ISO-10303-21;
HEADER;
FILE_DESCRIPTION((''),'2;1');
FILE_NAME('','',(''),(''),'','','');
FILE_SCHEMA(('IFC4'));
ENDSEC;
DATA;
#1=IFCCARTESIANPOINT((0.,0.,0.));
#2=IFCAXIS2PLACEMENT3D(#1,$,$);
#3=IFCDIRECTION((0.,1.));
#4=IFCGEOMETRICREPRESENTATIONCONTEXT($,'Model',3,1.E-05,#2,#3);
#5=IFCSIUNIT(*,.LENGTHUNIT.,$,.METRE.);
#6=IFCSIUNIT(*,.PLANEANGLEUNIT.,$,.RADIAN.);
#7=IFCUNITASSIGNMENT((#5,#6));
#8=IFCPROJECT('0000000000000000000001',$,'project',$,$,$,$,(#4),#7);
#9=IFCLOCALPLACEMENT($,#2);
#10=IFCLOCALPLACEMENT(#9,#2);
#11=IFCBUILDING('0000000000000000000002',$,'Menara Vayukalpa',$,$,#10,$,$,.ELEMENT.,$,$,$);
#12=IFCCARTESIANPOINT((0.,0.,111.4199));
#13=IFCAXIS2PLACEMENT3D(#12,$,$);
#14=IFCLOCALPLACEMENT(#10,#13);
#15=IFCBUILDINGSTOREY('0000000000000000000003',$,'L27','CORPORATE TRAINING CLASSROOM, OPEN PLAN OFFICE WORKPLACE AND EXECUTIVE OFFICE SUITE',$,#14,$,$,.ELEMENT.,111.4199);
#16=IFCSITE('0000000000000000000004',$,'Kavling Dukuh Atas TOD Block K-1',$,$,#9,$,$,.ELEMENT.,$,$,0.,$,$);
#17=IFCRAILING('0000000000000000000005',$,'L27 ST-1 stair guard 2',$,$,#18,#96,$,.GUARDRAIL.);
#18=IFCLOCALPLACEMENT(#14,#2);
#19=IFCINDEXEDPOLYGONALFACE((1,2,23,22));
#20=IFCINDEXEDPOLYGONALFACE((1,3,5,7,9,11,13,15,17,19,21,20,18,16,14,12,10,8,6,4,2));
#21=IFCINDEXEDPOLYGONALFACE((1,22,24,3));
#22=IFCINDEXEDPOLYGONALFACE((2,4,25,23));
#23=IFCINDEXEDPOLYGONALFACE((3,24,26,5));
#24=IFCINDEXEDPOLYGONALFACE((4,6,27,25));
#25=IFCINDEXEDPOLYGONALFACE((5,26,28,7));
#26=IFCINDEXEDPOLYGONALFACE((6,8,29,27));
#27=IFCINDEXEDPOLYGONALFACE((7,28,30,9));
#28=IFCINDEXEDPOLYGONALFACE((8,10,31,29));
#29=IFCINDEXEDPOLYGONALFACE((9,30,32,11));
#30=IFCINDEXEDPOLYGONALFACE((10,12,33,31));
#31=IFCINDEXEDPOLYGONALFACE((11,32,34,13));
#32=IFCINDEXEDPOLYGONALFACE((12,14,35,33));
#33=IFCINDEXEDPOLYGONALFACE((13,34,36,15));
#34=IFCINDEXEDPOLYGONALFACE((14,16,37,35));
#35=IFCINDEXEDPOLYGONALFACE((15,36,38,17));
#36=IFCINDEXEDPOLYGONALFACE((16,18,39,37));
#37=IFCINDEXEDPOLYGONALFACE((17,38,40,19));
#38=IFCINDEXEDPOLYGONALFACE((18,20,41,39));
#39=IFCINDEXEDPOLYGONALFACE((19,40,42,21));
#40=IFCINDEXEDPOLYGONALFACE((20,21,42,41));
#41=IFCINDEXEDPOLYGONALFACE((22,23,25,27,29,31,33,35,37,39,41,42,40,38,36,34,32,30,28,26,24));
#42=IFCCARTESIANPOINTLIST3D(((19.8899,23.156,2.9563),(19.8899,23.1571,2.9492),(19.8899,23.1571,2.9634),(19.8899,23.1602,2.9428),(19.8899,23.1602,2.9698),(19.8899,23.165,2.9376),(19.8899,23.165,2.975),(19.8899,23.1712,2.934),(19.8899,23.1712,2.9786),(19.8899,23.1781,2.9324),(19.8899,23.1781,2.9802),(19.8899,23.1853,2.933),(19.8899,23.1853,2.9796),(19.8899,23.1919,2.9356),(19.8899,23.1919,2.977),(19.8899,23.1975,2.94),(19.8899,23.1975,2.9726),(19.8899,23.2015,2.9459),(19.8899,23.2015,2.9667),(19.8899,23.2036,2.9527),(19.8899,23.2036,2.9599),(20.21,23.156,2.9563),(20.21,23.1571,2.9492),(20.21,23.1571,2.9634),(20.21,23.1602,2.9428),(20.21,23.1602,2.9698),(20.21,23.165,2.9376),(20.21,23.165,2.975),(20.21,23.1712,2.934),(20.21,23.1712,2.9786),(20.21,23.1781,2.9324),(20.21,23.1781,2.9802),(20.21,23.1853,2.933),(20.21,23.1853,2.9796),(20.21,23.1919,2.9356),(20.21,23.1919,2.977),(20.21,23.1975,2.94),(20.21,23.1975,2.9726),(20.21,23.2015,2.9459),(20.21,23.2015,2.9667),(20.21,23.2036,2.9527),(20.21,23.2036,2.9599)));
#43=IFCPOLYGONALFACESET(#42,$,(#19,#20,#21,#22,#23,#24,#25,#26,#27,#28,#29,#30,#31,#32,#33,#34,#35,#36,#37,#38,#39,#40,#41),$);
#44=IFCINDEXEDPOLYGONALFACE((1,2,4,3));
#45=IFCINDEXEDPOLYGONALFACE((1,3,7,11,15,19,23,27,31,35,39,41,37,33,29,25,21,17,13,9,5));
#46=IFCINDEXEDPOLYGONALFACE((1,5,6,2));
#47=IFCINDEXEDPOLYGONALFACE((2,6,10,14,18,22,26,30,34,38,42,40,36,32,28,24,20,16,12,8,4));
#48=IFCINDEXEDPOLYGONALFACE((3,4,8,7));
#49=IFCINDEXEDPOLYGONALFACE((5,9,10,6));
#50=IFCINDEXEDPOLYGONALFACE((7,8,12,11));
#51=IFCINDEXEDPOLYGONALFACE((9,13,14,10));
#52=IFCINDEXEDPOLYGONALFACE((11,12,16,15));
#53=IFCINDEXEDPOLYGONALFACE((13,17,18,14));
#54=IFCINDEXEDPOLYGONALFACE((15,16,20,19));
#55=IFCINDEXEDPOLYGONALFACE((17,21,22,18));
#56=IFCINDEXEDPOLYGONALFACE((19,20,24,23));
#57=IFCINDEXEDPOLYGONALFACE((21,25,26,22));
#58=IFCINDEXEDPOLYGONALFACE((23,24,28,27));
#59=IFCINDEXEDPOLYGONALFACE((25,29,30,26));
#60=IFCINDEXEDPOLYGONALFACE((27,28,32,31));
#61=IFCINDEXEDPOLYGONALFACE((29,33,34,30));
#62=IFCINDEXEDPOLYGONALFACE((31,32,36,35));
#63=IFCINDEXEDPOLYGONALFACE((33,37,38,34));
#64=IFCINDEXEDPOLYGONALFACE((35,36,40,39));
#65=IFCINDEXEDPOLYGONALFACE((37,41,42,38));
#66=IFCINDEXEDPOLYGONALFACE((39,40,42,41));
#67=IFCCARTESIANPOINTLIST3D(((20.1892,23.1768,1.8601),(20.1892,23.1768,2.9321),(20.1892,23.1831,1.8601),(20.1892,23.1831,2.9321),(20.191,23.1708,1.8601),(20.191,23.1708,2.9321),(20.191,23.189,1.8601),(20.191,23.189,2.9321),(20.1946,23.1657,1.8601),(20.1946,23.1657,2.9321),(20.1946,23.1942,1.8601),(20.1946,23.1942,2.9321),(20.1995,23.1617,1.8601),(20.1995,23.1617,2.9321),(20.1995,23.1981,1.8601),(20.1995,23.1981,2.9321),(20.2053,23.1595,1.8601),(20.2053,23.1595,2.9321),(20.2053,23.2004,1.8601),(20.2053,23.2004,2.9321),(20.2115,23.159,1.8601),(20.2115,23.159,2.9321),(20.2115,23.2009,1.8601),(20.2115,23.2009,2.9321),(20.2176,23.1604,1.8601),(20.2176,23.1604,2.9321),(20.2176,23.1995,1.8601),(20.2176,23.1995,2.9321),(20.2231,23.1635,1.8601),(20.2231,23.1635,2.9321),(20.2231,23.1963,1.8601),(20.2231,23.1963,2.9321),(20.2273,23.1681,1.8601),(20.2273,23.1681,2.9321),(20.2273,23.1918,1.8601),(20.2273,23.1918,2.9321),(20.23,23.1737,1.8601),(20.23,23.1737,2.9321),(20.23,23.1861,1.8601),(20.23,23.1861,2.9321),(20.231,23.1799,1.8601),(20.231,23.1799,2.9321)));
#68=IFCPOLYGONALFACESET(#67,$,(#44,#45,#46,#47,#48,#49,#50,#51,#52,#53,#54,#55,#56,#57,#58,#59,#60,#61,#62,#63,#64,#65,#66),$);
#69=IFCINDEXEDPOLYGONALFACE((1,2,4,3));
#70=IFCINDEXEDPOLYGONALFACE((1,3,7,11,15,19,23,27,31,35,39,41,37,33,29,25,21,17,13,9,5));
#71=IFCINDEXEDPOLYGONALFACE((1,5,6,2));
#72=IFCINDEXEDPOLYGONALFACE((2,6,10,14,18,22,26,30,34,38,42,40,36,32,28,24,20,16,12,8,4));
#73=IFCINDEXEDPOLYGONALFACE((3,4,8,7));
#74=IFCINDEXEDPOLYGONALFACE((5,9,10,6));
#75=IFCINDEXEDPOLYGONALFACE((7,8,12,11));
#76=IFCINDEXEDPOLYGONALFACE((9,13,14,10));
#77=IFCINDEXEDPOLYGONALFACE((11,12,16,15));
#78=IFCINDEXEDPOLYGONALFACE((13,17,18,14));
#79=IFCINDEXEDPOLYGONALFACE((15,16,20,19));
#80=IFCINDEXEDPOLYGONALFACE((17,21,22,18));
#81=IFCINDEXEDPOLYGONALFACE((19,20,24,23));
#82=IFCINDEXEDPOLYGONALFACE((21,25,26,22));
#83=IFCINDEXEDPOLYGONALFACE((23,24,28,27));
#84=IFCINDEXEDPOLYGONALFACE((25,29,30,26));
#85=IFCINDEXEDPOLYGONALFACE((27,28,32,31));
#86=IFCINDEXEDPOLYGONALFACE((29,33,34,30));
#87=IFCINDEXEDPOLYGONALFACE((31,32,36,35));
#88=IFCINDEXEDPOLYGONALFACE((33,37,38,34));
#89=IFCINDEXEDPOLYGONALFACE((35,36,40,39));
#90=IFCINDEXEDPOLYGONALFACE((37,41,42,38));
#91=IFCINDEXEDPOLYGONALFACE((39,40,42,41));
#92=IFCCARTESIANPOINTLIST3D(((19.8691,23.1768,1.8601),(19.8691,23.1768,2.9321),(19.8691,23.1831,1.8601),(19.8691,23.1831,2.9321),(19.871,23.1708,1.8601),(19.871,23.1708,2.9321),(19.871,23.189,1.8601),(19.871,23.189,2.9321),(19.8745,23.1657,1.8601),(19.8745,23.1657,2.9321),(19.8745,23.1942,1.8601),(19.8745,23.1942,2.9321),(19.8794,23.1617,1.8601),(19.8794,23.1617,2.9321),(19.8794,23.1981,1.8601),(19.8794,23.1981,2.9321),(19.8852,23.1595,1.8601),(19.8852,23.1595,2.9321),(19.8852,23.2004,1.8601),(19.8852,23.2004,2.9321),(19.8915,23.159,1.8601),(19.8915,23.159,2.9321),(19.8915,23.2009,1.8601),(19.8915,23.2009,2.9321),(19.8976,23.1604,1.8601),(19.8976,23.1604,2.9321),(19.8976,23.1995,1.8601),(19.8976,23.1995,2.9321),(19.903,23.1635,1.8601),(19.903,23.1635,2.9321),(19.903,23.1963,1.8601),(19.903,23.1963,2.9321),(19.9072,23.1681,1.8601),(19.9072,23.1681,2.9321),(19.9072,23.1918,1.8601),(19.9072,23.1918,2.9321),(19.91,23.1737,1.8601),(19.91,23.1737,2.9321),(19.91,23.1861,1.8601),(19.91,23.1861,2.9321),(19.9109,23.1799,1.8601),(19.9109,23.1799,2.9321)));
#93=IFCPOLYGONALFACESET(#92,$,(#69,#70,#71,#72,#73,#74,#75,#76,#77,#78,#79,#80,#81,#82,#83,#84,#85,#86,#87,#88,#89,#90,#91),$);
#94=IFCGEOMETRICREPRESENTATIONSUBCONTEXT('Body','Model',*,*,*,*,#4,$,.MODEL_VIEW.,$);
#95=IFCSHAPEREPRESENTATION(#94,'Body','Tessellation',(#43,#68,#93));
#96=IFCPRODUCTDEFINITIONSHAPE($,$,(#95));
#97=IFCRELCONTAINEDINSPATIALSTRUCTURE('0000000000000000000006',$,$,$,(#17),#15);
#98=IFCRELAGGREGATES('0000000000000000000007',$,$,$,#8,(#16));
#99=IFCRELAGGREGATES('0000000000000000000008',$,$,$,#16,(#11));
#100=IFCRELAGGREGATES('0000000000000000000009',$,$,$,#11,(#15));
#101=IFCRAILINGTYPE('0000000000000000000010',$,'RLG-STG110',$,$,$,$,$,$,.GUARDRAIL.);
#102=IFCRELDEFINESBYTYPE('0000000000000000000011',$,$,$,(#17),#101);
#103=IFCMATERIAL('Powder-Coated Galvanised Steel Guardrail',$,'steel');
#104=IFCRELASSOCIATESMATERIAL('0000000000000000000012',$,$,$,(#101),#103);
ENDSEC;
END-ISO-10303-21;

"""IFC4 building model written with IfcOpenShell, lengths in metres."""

from ifc_helpers import new_model, si_unit, direction, frame, origin, origin_2d, place, context, subcontext, project, spatial, circle, extrude, material, type_object, element, save


model = new_model("IFC4")

# Units and contexts
model_context = context("Model", 3, precision=1e-05, world=origin(), true_north=direction((0.0, 1.0)))
body_context = subcontext(model_context, "Body", "Model", "MODEL_VIEW")
ifc_project = project(units=[si_unit("LENGTHUNIT", "METRE"), si_unit("PLANEANGLEUNIT", "RADIAN")], contexts=[model_context])

# Site, building, storey
site_placement = place(None, origin())
site = spatial("IfcSite", under=ifc_project, at=site_placement, Name="Kavling Dukuh Atas TOD Block K-1", CompositionType="ELEMENT", RefElevation=0.0)
building_placement = place(site_placement, origin())
building = spatial("IfcBuilding", under=site, at=building_placement, Name="Menara Vayukalpa", CompositionType="ELEMENT")
storey_placement = place(building_placement, frame((0.0, 0.0, 111.4199)))
storey = spatial("IfcBuildingStorey", under=building, at=storey_placement, Name="L27", Description="CORPORATE TRAINING CLASSROOM, OPEN PLAN OFFICE WORKPLACE AND EXECUTIVE OFFICE SUITE", CompositionType="ELEMENT", Elevation=111.4199)

# Railing
ifc_material_1 = material(Name="Powder-Coated Galvanised Steel Guardrail", Category="steel")
railing_type_1 = type_object("IfcRailingType", Name="RLG-STG110", PredefinedType="GUARDRAIL", material=ifc_material_1)
railing_1_placement = place(storey_placement, frame((20.21, 23.1799, 1.8601)))
element("IfcRailing", 1, at=railing_1_placement, inside=storey, type_object=railing_type_1, Name="L27 ST-1 stair guard 2", PredefinedType="GUARDRAIL", context=body_context, shape_type="SweptSolid", body=[
    extrude(circle(Radius=0.0239, at=origin_2d()), frame((0.0, 0.0, 1.0962), z_axis=(-1.0, 0.0, 0.0), x_axis=(0.0, -1.0, 0.0)), (0.0, 0.0, 1.0), 0.3201),
    extrude(circle(Radius=0.021, at=origin_2d()), origin(), (0.0, 0.0, 1.0), 1.072),
    extrude(circle(Radius=0.021, at=origin_2d()), frame((-0.3201, 0.0, 0.0)), (0.0, 0.0, 1.0), 1.072),
])

save(model, "model.ifc")
